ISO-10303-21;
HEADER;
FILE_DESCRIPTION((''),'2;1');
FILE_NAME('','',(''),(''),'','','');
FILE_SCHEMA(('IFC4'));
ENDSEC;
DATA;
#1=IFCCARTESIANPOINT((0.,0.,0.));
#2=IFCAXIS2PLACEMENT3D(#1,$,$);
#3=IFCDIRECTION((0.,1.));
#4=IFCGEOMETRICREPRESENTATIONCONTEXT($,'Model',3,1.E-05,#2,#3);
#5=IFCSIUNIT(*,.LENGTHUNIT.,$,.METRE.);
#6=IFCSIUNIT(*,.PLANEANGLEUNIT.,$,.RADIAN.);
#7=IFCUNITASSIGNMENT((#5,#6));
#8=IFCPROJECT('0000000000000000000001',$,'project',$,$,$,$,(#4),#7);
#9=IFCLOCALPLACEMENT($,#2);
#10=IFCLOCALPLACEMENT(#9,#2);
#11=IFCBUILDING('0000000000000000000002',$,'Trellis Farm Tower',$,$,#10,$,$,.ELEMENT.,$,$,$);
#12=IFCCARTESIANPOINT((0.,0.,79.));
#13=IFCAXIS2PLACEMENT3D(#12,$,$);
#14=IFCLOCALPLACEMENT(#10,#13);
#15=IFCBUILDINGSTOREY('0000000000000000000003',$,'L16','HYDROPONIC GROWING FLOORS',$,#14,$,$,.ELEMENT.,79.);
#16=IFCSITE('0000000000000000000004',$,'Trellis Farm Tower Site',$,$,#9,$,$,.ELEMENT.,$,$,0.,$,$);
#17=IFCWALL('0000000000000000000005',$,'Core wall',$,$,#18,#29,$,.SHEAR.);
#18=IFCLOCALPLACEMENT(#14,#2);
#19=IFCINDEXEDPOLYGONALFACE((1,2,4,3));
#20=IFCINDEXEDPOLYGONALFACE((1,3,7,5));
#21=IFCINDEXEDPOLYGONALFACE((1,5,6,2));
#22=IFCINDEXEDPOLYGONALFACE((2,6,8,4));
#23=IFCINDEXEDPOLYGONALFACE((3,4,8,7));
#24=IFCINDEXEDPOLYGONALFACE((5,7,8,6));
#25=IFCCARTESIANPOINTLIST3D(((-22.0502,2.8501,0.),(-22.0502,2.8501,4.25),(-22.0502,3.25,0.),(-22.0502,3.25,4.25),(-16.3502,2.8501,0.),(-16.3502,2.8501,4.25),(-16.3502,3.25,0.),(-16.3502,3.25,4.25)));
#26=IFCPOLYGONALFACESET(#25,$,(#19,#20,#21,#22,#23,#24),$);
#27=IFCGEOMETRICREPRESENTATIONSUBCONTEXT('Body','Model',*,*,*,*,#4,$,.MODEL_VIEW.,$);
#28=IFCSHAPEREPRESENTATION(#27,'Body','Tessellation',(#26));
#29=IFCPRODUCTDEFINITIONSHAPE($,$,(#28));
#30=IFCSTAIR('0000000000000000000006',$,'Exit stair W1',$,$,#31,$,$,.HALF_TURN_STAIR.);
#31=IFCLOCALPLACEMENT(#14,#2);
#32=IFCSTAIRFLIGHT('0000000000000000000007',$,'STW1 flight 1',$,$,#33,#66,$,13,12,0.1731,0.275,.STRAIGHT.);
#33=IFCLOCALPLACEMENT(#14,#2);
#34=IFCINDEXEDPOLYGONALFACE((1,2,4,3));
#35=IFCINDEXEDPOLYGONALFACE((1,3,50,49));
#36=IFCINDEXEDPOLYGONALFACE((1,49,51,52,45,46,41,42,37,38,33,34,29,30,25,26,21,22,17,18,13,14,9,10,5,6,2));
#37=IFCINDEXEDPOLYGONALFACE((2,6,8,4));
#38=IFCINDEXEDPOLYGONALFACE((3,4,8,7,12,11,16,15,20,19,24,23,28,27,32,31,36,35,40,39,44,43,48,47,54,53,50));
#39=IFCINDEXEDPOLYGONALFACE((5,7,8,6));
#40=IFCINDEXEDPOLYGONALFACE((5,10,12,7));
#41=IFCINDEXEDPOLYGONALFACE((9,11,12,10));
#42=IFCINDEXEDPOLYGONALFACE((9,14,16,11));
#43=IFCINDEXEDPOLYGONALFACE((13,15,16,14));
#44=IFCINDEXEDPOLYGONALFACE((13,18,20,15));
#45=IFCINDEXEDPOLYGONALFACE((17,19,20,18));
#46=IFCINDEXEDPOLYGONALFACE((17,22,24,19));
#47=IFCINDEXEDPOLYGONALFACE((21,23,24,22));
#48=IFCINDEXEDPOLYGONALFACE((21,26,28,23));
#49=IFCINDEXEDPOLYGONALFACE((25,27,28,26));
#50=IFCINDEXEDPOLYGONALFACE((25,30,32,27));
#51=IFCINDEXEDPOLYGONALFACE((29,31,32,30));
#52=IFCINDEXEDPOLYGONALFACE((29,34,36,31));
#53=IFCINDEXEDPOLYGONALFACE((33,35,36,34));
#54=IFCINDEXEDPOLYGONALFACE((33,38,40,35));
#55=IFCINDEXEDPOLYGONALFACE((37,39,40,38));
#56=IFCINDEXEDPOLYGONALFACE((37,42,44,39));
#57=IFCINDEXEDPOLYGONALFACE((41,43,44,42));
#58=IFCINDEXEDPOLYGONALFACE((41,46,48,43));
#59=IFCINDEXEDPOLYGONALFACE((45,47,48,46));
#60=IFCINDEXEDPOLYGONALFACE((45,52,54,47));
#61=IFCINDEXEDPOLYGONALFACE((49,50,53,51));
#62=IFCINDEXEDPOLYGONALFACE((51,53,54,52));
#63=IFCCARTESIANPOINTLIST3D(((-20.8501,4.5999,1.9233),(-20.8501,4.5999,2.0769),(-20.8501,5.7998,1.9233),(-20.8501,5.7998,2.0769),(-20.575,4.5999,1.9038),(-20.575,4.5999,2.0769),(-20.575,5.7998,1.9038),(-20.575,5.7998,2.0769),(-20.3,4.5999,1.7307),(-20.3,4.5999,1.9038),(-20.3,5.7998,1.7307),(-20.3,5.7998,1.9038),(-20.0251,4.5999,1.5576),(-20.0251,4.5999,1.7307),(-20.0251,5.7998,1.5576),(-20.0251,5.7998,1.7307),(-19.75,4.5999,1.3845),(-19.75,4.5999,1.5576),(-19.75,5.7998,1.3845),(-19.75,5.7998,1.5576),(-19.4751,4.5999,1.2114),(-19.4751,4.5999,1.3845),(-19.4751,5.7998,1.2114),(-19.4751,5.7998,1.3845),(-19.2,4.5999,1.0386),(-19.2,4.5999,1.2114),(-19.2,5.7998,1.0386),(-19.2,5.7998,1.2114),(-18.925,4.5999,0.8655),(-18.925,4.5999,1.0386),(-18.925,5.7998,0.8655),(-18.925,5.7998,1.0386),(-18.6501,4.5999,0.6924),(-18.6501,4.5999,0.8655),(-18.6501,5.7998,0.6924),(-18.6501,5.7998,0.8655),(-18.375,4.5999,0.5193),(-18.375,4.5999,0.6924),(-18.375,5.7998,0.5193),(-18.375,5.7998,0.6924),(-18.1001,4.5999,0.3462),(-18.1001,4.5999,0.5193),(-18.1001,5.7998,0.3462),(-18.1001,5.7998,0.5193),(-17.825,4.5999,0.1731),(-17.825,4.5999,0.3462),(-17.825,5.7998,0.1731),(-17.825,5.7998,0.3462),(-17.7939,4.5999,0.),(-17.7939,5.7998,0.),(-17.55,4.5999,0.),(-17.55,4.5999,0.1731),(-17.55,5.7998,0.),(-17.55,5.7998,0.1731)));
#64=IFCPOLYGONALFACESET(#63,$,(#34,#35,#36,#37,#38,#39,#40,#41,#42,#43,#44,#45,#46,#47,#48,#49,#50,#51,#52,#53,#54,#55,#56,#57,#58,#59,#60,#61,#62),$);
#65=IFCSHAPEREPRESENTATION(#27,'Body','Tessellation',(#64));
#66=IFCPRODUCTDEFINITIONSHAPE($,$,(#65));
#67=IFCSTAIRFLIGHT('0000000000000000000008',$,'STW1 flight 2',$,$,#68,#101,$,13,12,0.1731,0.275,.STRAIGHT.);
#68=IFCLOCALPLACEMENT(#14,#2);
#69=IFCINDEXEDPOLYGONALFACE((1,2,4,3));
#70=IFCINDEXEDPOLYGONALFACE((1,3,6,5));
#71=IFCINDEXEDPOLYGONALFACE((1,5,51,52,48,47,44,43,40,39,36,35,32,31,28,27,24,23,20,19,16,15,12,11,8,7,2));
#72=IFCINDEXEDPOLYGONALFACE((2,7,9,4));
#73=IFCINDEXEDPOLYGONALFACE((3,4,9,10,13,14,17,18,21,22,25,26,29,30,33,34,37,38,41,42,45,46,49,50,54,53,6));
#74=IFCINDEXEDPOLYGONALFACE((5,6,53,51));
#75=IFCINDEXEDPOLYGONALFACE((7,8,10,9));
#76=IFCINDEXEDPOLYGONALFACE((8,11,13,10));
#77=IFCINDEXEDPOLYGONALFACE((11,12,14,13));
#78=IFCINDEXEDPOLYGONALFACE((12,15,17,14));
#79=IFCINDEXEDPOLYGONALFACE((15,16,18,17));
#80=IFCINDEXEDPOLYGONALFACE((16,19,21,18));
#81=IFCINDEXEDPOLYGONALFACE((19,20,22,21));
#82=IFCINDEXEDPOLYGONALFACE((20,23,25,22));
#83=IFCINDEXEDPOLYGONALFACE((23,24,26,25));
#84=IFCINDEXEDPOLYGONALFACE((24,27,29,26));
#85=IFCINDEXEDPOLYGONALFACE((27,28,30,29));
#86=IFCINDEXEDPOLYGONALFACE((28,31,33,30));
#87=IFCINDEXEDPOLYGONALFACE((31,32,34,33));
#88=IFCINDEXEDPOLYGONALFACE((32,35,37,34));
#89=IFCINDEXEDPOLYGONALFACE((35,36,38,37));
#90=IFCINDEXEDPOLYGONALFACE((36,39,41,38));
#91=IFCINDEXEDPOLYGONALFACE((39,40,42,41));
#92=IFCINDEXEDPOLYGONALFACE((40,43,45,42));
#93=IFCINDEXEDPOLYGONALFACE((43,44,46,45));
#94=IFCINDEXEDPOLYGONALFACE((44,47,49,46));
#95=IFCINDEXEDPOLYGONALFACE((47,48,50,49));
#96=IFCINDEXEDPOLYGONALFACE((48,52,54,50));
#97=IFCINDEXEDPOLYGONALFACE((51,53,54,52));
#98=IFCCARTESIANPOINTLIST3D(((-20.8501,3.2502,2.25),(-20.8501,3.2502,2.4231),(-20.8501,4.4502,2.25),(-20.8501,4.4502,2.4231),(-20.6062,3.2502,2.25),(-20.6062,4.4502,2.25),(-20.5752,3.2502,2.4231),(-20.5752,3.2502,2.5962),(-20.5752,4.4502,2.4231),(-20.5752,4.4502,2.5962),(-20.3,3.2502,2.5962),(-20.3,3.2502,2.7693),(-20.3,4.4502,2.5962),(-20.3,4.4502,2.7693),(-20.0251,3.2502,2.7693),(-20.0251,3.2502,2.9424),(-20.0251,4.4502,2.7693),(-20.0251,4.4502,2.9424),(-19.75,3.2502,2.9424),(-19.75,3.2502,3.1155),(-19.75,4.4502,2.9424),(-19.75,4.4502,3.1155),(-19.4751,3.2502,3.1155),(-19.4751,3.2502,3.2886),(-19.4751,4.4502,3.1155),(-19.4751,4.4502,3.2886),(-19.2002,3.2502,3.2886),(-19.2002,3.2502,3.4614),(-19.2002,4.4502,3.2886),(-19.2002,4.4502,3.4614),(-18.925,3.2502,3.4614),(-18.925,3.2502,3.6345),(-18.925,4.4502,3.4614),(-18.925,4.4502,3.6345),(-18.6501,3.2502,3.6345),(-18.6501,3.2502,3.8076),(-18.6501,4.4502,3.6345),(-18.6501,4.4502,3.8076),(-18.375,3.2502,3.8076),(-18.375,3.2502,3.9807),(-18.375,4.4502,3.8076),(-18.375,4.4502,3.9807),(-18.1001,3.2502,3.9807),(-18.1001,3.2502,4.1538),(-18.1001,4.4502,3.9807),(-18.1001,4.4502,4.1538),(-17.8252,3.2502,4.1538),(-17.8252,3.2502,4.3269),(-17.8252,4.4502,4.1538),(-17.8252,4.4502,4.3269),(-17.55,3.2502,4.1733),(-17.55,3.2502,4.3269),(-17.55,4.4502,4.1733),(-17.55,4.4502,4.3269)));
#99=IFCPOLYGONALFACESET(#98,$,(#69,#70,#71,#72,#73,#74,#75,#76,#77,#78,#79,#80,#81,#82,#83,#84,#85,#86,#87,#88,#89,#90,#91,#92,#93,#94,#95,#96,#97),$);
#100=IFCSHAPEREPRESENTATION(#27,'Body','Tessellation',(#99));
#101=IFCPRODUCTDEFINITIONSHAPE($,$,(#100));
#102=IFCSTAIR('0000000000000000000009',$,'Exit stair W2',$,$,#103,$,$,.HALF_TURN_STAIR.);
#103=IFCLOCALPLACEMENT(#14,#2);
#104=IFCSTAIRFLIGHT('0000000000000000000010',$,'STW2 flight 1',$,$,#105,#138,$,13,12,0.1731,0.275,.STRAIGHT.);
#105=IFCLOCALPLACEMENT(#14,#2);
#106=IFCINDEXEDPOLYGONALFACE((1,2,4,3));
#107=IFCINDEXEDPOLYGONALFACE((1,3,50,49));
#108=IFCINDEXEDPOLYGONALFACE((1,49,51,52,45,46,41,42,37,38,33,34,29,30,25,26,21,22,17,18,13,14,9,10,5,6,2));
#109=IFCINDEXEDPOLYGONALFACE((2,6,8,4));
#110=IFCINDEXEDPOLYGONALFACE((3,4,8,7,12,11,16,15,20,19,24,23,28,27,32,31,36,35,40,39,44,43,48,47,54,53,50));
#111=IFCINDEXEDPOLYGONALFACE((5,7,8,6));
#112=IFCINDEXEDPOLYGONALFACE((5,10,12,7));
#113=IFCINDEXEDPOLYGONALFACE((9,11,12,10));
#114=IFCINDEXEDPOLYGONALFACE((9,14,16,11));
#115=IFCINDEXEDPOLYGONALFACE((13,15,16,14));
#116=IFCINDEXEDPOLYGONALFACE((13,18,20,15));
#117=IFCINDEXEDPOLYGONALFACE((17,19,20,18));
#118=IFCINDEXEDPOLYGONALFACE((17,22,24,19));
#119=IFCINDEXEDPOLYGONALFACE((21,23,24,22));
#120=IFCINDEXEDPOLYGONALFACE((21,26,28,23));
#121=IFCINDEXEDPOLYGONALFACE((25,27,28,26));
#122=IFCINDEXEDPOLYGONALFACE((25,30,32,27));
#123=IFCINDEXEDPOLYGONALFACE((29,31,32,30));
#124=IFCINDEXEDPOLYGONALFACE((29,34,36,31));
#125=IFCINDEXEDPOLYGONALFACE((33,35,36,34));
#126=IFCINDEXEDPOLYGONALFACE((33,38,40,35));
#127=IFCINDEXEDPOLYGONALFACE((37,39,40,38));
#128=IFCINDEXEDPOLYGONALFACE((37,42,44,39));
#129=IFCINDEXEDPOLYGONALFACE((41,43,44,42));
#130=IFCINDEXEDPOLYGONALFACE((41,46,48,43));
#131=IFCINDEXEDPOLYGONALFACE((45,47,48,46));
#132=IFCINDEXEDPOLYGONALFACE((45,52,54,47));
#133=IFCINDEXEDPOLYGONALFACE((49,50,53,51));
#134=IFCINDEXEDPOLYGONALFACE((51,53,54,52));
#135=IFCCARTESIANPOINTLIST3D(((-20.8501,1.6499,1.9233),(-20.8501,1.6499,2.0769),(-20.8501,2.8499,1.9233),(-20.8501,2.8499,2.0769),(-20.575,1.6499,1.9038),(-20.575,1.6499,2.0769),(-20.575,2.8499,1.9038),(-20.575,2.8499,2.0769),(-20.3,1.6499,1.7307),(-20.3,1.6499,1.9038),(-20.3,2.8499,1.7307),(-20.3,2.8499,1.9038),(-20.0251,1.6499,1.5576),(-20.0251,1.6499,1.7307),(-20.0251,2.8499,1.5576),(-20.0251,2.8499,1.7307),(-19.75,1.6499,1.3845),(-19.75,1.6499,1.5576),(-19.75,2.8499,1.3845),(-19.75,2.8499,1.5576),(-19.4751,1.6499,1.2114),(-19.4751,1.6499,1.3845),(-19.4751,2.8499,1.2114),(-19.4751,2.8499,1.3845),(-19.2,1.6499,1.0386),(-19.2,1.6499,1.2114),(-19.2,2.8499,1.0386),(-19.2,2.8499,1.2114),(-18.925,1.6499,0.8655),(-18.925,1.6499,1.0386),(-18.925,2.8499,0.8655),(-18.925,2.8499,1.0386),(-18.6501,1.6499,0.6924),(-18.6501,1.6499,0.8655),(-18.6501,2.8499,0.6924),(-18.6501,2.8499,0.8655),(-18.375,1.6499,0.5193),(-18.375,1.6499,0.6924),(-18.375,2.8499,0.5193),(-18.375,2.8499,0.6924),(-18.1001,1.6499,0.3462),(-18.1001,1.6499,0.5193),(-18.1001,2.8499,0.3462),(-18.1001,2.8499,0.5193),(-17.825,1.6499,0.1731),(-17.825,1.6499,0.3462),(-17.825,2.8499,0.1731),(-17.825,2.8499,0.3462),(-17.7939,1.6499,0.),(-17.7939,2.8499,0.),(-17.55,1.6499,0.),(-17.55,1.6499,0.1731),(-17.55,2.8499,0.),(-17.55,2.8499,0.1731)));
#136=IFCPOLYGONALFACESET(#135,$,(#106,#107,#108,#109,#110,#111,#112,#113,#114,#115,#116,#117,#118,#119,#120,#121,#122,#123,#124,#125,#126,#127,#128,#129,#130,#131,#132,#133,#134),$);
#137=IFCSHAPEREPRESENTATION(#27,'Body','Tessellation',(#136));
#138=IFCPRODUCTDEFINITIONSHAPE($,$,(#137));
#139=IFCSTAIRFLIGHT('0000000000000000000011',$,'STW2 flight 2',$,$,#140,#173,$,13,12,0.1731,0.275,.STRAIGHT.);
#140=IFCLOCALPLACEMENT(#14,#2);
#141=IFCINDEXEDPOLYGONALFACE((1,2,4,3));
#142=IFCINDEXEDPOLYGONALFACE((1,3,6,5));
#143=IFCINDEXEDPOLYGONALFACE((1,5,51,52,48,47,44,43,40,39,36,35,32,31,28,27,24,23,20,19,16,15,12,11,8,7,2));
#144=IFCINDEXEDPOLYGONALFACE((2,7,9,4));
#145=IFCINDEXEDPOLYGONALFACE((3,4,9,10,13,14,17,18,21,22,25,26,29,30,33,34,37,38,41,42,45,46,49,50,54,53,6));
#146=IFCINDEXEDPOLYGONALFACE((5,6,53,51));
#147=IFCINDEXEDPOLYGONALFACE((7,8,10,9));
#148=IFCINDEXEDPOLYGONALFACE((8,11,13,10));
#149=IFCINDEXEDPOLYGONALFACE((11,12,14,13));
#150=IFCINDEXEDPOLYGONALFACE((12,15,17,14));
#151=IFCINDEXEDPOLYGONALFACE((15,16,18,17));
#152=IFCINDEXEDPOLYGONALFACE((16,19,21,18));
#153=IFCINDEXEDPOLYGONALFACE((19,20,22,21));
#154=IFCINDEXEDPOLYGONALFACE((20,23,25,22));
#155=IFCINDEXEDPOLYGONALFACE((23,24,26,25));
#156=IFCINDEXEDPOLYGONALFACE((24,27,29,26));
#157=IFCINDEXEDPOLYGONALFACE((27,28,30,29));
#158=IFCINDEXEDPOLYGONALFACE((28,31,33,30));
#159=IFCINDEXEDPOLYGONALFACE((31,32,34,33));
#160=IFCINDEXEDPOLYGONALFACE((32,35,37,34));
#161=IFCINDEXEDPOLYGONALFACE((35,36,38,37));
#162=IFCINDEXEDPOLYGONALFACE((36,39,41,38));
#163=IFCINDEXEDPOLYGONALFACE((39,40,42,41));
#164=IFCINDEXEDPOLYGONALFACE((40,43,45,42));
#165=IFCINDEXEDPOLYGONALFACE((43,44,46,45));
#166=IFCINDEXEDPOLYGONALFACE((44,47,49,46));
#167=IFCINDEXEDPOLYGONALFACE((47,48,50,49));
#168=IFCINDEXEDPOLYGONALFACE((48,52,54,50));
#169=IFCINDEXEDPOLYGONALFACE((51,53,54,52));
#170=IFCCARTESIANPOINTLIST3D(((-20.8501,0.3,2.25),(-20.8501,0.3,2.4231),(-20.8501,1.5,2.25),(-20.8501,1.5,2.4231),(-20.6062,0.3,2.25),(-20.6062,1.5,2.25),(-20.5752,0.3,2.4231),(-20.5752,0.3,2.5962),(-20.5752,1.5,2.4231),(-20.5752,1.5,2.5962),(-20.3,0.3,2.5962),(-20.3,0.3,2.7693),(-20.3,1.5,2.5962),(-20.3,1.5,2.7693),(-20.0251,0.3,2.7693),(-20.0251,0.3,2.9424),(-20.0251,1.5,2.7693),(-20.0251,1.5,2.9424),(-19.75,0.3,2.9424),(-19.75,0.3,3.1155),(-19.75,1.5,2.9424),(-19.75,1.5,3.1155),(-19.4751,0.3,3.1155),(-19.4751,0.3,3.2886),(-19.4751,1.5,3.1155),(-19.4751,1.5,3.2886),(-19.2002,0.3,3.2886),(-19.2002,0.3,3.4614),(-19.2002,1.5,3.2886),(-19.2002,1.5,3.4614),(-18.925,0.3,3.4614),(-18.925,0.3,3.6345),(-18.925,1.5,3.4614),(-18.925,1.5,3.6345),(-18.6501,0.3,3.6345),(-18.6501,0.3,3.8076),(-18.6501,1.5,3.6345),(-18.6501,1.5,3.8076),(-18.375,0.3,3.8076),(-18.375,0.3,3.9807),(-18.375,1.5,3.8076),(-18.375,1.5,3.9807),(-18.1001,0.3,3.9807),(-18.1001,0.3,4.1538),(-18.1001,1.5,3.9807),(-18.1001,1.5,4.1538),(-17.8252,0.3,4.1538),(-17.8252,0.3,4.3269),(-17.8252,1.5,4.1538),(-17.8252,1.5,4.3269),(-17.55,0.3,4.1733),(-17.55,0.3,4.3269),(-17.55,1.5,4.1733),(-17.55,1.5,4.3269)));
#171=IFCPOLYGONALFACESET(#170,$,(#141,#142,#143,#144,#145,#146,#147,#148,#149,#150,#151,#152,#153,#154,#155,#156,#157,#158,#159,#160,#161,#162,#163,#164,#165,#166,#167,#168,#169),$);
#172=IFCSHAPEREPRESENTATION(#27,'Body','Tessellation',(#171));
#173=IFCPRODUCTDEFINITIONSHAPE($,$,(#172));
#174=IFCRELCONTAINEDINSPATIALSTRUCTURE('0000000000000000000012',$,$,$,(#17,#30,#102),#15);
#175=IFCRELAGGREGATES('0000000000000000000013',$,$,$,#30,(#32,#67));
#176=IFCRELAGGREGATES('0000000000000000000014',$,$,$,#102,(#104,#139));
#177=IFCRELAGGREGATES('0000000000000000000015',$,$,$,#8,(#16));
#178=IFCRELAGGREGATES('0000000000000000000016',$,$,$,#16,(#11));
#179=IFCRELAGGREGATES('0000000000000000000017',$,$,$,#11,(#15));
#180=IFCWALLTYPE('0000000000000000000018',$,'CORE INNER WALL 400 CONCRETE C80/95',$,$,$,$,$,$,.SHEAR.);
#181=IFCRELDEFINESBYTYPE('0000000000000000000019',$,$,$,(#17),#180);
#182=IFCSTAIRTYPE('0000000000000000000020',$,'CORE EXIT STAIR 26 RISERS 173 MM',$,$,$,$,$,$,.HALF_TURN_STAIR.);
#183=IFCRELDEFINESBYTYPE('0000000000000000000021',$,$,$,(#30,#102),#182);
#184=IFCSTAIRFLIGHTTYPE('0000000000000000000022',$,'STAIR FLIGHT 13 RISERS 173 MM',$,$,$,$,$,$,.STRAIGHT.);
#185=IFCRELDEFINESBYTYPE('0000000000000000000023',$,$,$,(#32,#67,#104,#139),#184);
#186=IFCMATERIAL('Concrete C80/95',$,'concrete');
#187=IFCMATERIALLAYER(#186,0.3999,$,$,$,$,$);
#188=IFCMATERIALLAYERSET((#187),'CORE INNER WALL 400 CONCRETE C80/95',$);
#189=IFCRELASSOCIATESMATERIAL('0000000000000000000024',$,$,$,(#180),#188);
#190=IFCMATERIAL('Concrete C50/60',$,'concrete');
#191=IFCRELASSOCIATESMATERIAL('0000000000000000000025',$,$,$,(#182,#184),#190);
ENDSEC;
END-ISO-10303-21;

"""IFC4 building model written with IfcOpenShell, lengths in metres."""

from ifc_helpers import new_model, si_unit, direction, frame, frame_2d, origin, place, context, subcontext, project, spatial, polyline, rectangle, outline, extrude, source, transform, mapped, material, layer, layer_set, type_object, element, aggregate, save


model = new_model("IFC4")

# Units and contexts
model_context = context("Model", 3, precision=1e-05, world=origin(), true_north=direction((0.0, 1.0)))
body_context = subcontext(model_context, "Body", "Model", "MODEL_VIEW")
ifc_project = project(units=[si_unit("LENGTHUNIT", "METRE"), si_unit("PLANEANGLEUNIT", "RADIAN")], contexts=[model_context])

# Site, building, storey
site_placement = place(None, origin())
site = spatial("IfcSite", under=ifc_project, at=site_placement, Name="Trellis Farm Tower Site", CompositionType="ELEMENT", RefElevation=0.0)
building_placement = place(site_placement, origin())
building = spatial("IfcBuilding", under=site, at=building_placement, Name="Trellis Farm Tower", CompositionType="ELEMENT")
storey_placement = place(building_placement, frame((0.0, 0.0, 79.0)))
storey = spatial("IfcBuildingStorey", under=building, at=storey_placement, Name="L16", Description="HYDROPONIC GROWING FLOORS", CompositionType="ELEMENT", Elevation=79.0)

# Shared definitions
ifc_material_1 = material(Name="Concrete C80/95", Category="concrete")

# Shared definitions
placement = place(storey_placement, origin())

# Shared definitions
ifc_layer_1 = layer(ifc_material_1, 0.3999)
ifc_layer_set_1 = layer_set([ifc_layer_1], Name="CORE INNER WALL 400 CONCRETE C80/95")
wall_type_1 = type_object("IfcWallType", Name="CORE INNER WALL 400 CONCRETE C80/95", PredefinedType="SHEAR", material=ifc_layer_set_1)

# Wall
shared_shape_1 = source(origin(), body_context, "Body", "SweptSolid", [
    extrude(rectangle(XDim=5.7, YDim=0.3999, at=frame_2d((2.8501, 0.0))), origin(), (0.0, 0.0, 1.0), 4.25),
])
wall_1_placement = place(storey_placement, frame((-16.3501, 3.05, 0.0), z_axis=(0.0, 0.0, 1.0), x_axis=(-1.0, 0.0, 0.0)))
element("IfcWall", 1, at=wall_1_placement, inside=storey, type_object=wall_type_1, Name="Core wall", PredefinedType="SHEAR", context=body_context, shape_type="MappedRepresentation", body=[
    mapped(shared_shape_1, transform((0.0, 0.0, 0.0))),
])

# Stairs, stair flights
ifc_material_2 = material(Name="Concrete C50/60", Category="concrete")
stair_type = type_object("IfcStairType", Name="CORE EXIT STAIR 26 RISERS 173 MM", PredefinedType="HALF_TURN_STAIR", material=ifc_material_2)
stair_1 = element("IfcStair", 2, at=placement, inside=storey, type_object=stair_type, Name="Exit stair W1", PredefinedType="HALF_TURN_STAIR")
stair_flight_type = type_object("IfcStairFlightType", Name="STAIR FLIGHT 13 RISERS 173 MM", PredefinedType="STRAIGHT", material=ifc_material_2)
shared_shape_2 = source(origin(), body_context, "Body", "SweptSolid", [
    extrude(outline(polyline([(0.0, 0.0), (0.0, 0.1731), (0.2749, 0.1731), (0.2749, 0.3462), (0.55, 0.3462), (0.55, 0.5193), (0.825, 0.5193), (0.825, 0.6924), (1.1001, 0.6924), (1.1001, 0.8655), (1.375, 0.8655), (1.375, 1.0386), (1.6499, 1.0386), (1.6499, 1.2114), (1.925, 1.2114), (1.925, 1.3845), (2.2, 1.3845), (2.2, 1.5576), (2.4751, 1.5576), (2.4751, 1.7307), (2.75, 1.7307), (2.75, 1.9038), (3.0249, 1.9038), (3.0249, 2.0769), (3.3, 2.0769), (3.3, 2.25), (3.3, 1.9233), (0.2439, 0.0), (0.0, 0.0)])), frame((0.0, 0.6001, 0.0), z_axis=(0.0, -1.0, 0.0), x_axis=(1.0, 0.0, 0.0)), (0.0, 0.0, 1.0), 1.2),
])
stair_flight_1_placement = place(storey_placement, frame((-17.55, 5.2, 0.0), z_axis=(0.0, 0.0, 1.0), x_axis=(-1.0, 0.0, 0.0)))
stair_flight_1 = element("IfcStairFlight", 3, at=stair_flight_1_placement, type_object=stair_flight_type, Name="STW1 flight 1", NumberOfRisers=13, NumberOfTreads=12, PredefinedType="STRAIGHT", RiserHeight=0.1731, TreadLength=0.275, context=body_context, shape_type="MappedRepresentation", body=[
    mapped(shared_shape_2, transform((0.0, 0.0, 0.0))),
])
stair_flight_2_placement = place(storey_placement, frame((-20.8501, 3.8501, 2.25), z_axis=(0.0, 0.0, 1.0), x_axis=(1.0, 0.0, 0.0)))
stair_flight_2 = element("IfcStairFlight", 4, at=stair_flight_2_placement, type_object=stair_flight_type, Name="STW1 flight 2", NumberOfRisers=13, NumberOfTreads=12, PredefinedType="STRAIGHT", RiserHeight=0.1731, TreadLength=0.275, context=body_context, shape_type="MappedRepresentation", body=[
    mapped(shared_shape_2, transform((0.0, 0.0, 0.0))),
])
aggregate(stair_1, [stair_flight_1, stair_flight_2])
stair_2 = element("IfcStair", 5, at=placement, inside=storey, type_object=stair_type, Name="Exit stair W2", PredefinedType="HALF_TURN_STAIR")
stair_flight_3_placement = place(storey_placement, frame((-17.55, 2.25, 0.0), z_axis=(0.0, 0.0, 1.0), x_axis=(-1.0, 0.0, 0.0)))
stair_flight_3 = element("IfcStairFlight", 6, at=stair_flight_3_placement, type_object=stair_flight_type, Name="STW2 flight 1", NumberOfRisers=13, NumberOfTreads=12, PredefinedType="STRAIGHT", RiserHeight=0.1731, TreadLength=0.275, context=body_context, shape_type="MappedRepresentation", body=[
    mapped(shared_shape_2, transform((0.0, 0.0, 0.0))),
])
stair_flight_4_placement = place(storey_placement, frame((-20.8501, 0.8999, 2.25), z_axis=(0.0, 0.0, 1.0), x_axis=(1.0, 0.0, 0.0)))
stair_flight_4 = element("IfcStairFlight", 7, at=stair_flight_4_placement, type_object=stair_flight_type, Name="STW2 flight 2", NumberOfRisers=13, NumberOfTreads=12, PredefinedType="STRAIGHT", RiserHeight=0.1731, TreadLength=0.275, context=body_context, shape_type="MappedRepresentation", body=[
    mapped(shared_shape_2, transform((0.0, 0.0, 0.0))),
])
aggregate(stair_2, [stair_flight_3, stair_flight_4])

save(model, "model.ifc")
